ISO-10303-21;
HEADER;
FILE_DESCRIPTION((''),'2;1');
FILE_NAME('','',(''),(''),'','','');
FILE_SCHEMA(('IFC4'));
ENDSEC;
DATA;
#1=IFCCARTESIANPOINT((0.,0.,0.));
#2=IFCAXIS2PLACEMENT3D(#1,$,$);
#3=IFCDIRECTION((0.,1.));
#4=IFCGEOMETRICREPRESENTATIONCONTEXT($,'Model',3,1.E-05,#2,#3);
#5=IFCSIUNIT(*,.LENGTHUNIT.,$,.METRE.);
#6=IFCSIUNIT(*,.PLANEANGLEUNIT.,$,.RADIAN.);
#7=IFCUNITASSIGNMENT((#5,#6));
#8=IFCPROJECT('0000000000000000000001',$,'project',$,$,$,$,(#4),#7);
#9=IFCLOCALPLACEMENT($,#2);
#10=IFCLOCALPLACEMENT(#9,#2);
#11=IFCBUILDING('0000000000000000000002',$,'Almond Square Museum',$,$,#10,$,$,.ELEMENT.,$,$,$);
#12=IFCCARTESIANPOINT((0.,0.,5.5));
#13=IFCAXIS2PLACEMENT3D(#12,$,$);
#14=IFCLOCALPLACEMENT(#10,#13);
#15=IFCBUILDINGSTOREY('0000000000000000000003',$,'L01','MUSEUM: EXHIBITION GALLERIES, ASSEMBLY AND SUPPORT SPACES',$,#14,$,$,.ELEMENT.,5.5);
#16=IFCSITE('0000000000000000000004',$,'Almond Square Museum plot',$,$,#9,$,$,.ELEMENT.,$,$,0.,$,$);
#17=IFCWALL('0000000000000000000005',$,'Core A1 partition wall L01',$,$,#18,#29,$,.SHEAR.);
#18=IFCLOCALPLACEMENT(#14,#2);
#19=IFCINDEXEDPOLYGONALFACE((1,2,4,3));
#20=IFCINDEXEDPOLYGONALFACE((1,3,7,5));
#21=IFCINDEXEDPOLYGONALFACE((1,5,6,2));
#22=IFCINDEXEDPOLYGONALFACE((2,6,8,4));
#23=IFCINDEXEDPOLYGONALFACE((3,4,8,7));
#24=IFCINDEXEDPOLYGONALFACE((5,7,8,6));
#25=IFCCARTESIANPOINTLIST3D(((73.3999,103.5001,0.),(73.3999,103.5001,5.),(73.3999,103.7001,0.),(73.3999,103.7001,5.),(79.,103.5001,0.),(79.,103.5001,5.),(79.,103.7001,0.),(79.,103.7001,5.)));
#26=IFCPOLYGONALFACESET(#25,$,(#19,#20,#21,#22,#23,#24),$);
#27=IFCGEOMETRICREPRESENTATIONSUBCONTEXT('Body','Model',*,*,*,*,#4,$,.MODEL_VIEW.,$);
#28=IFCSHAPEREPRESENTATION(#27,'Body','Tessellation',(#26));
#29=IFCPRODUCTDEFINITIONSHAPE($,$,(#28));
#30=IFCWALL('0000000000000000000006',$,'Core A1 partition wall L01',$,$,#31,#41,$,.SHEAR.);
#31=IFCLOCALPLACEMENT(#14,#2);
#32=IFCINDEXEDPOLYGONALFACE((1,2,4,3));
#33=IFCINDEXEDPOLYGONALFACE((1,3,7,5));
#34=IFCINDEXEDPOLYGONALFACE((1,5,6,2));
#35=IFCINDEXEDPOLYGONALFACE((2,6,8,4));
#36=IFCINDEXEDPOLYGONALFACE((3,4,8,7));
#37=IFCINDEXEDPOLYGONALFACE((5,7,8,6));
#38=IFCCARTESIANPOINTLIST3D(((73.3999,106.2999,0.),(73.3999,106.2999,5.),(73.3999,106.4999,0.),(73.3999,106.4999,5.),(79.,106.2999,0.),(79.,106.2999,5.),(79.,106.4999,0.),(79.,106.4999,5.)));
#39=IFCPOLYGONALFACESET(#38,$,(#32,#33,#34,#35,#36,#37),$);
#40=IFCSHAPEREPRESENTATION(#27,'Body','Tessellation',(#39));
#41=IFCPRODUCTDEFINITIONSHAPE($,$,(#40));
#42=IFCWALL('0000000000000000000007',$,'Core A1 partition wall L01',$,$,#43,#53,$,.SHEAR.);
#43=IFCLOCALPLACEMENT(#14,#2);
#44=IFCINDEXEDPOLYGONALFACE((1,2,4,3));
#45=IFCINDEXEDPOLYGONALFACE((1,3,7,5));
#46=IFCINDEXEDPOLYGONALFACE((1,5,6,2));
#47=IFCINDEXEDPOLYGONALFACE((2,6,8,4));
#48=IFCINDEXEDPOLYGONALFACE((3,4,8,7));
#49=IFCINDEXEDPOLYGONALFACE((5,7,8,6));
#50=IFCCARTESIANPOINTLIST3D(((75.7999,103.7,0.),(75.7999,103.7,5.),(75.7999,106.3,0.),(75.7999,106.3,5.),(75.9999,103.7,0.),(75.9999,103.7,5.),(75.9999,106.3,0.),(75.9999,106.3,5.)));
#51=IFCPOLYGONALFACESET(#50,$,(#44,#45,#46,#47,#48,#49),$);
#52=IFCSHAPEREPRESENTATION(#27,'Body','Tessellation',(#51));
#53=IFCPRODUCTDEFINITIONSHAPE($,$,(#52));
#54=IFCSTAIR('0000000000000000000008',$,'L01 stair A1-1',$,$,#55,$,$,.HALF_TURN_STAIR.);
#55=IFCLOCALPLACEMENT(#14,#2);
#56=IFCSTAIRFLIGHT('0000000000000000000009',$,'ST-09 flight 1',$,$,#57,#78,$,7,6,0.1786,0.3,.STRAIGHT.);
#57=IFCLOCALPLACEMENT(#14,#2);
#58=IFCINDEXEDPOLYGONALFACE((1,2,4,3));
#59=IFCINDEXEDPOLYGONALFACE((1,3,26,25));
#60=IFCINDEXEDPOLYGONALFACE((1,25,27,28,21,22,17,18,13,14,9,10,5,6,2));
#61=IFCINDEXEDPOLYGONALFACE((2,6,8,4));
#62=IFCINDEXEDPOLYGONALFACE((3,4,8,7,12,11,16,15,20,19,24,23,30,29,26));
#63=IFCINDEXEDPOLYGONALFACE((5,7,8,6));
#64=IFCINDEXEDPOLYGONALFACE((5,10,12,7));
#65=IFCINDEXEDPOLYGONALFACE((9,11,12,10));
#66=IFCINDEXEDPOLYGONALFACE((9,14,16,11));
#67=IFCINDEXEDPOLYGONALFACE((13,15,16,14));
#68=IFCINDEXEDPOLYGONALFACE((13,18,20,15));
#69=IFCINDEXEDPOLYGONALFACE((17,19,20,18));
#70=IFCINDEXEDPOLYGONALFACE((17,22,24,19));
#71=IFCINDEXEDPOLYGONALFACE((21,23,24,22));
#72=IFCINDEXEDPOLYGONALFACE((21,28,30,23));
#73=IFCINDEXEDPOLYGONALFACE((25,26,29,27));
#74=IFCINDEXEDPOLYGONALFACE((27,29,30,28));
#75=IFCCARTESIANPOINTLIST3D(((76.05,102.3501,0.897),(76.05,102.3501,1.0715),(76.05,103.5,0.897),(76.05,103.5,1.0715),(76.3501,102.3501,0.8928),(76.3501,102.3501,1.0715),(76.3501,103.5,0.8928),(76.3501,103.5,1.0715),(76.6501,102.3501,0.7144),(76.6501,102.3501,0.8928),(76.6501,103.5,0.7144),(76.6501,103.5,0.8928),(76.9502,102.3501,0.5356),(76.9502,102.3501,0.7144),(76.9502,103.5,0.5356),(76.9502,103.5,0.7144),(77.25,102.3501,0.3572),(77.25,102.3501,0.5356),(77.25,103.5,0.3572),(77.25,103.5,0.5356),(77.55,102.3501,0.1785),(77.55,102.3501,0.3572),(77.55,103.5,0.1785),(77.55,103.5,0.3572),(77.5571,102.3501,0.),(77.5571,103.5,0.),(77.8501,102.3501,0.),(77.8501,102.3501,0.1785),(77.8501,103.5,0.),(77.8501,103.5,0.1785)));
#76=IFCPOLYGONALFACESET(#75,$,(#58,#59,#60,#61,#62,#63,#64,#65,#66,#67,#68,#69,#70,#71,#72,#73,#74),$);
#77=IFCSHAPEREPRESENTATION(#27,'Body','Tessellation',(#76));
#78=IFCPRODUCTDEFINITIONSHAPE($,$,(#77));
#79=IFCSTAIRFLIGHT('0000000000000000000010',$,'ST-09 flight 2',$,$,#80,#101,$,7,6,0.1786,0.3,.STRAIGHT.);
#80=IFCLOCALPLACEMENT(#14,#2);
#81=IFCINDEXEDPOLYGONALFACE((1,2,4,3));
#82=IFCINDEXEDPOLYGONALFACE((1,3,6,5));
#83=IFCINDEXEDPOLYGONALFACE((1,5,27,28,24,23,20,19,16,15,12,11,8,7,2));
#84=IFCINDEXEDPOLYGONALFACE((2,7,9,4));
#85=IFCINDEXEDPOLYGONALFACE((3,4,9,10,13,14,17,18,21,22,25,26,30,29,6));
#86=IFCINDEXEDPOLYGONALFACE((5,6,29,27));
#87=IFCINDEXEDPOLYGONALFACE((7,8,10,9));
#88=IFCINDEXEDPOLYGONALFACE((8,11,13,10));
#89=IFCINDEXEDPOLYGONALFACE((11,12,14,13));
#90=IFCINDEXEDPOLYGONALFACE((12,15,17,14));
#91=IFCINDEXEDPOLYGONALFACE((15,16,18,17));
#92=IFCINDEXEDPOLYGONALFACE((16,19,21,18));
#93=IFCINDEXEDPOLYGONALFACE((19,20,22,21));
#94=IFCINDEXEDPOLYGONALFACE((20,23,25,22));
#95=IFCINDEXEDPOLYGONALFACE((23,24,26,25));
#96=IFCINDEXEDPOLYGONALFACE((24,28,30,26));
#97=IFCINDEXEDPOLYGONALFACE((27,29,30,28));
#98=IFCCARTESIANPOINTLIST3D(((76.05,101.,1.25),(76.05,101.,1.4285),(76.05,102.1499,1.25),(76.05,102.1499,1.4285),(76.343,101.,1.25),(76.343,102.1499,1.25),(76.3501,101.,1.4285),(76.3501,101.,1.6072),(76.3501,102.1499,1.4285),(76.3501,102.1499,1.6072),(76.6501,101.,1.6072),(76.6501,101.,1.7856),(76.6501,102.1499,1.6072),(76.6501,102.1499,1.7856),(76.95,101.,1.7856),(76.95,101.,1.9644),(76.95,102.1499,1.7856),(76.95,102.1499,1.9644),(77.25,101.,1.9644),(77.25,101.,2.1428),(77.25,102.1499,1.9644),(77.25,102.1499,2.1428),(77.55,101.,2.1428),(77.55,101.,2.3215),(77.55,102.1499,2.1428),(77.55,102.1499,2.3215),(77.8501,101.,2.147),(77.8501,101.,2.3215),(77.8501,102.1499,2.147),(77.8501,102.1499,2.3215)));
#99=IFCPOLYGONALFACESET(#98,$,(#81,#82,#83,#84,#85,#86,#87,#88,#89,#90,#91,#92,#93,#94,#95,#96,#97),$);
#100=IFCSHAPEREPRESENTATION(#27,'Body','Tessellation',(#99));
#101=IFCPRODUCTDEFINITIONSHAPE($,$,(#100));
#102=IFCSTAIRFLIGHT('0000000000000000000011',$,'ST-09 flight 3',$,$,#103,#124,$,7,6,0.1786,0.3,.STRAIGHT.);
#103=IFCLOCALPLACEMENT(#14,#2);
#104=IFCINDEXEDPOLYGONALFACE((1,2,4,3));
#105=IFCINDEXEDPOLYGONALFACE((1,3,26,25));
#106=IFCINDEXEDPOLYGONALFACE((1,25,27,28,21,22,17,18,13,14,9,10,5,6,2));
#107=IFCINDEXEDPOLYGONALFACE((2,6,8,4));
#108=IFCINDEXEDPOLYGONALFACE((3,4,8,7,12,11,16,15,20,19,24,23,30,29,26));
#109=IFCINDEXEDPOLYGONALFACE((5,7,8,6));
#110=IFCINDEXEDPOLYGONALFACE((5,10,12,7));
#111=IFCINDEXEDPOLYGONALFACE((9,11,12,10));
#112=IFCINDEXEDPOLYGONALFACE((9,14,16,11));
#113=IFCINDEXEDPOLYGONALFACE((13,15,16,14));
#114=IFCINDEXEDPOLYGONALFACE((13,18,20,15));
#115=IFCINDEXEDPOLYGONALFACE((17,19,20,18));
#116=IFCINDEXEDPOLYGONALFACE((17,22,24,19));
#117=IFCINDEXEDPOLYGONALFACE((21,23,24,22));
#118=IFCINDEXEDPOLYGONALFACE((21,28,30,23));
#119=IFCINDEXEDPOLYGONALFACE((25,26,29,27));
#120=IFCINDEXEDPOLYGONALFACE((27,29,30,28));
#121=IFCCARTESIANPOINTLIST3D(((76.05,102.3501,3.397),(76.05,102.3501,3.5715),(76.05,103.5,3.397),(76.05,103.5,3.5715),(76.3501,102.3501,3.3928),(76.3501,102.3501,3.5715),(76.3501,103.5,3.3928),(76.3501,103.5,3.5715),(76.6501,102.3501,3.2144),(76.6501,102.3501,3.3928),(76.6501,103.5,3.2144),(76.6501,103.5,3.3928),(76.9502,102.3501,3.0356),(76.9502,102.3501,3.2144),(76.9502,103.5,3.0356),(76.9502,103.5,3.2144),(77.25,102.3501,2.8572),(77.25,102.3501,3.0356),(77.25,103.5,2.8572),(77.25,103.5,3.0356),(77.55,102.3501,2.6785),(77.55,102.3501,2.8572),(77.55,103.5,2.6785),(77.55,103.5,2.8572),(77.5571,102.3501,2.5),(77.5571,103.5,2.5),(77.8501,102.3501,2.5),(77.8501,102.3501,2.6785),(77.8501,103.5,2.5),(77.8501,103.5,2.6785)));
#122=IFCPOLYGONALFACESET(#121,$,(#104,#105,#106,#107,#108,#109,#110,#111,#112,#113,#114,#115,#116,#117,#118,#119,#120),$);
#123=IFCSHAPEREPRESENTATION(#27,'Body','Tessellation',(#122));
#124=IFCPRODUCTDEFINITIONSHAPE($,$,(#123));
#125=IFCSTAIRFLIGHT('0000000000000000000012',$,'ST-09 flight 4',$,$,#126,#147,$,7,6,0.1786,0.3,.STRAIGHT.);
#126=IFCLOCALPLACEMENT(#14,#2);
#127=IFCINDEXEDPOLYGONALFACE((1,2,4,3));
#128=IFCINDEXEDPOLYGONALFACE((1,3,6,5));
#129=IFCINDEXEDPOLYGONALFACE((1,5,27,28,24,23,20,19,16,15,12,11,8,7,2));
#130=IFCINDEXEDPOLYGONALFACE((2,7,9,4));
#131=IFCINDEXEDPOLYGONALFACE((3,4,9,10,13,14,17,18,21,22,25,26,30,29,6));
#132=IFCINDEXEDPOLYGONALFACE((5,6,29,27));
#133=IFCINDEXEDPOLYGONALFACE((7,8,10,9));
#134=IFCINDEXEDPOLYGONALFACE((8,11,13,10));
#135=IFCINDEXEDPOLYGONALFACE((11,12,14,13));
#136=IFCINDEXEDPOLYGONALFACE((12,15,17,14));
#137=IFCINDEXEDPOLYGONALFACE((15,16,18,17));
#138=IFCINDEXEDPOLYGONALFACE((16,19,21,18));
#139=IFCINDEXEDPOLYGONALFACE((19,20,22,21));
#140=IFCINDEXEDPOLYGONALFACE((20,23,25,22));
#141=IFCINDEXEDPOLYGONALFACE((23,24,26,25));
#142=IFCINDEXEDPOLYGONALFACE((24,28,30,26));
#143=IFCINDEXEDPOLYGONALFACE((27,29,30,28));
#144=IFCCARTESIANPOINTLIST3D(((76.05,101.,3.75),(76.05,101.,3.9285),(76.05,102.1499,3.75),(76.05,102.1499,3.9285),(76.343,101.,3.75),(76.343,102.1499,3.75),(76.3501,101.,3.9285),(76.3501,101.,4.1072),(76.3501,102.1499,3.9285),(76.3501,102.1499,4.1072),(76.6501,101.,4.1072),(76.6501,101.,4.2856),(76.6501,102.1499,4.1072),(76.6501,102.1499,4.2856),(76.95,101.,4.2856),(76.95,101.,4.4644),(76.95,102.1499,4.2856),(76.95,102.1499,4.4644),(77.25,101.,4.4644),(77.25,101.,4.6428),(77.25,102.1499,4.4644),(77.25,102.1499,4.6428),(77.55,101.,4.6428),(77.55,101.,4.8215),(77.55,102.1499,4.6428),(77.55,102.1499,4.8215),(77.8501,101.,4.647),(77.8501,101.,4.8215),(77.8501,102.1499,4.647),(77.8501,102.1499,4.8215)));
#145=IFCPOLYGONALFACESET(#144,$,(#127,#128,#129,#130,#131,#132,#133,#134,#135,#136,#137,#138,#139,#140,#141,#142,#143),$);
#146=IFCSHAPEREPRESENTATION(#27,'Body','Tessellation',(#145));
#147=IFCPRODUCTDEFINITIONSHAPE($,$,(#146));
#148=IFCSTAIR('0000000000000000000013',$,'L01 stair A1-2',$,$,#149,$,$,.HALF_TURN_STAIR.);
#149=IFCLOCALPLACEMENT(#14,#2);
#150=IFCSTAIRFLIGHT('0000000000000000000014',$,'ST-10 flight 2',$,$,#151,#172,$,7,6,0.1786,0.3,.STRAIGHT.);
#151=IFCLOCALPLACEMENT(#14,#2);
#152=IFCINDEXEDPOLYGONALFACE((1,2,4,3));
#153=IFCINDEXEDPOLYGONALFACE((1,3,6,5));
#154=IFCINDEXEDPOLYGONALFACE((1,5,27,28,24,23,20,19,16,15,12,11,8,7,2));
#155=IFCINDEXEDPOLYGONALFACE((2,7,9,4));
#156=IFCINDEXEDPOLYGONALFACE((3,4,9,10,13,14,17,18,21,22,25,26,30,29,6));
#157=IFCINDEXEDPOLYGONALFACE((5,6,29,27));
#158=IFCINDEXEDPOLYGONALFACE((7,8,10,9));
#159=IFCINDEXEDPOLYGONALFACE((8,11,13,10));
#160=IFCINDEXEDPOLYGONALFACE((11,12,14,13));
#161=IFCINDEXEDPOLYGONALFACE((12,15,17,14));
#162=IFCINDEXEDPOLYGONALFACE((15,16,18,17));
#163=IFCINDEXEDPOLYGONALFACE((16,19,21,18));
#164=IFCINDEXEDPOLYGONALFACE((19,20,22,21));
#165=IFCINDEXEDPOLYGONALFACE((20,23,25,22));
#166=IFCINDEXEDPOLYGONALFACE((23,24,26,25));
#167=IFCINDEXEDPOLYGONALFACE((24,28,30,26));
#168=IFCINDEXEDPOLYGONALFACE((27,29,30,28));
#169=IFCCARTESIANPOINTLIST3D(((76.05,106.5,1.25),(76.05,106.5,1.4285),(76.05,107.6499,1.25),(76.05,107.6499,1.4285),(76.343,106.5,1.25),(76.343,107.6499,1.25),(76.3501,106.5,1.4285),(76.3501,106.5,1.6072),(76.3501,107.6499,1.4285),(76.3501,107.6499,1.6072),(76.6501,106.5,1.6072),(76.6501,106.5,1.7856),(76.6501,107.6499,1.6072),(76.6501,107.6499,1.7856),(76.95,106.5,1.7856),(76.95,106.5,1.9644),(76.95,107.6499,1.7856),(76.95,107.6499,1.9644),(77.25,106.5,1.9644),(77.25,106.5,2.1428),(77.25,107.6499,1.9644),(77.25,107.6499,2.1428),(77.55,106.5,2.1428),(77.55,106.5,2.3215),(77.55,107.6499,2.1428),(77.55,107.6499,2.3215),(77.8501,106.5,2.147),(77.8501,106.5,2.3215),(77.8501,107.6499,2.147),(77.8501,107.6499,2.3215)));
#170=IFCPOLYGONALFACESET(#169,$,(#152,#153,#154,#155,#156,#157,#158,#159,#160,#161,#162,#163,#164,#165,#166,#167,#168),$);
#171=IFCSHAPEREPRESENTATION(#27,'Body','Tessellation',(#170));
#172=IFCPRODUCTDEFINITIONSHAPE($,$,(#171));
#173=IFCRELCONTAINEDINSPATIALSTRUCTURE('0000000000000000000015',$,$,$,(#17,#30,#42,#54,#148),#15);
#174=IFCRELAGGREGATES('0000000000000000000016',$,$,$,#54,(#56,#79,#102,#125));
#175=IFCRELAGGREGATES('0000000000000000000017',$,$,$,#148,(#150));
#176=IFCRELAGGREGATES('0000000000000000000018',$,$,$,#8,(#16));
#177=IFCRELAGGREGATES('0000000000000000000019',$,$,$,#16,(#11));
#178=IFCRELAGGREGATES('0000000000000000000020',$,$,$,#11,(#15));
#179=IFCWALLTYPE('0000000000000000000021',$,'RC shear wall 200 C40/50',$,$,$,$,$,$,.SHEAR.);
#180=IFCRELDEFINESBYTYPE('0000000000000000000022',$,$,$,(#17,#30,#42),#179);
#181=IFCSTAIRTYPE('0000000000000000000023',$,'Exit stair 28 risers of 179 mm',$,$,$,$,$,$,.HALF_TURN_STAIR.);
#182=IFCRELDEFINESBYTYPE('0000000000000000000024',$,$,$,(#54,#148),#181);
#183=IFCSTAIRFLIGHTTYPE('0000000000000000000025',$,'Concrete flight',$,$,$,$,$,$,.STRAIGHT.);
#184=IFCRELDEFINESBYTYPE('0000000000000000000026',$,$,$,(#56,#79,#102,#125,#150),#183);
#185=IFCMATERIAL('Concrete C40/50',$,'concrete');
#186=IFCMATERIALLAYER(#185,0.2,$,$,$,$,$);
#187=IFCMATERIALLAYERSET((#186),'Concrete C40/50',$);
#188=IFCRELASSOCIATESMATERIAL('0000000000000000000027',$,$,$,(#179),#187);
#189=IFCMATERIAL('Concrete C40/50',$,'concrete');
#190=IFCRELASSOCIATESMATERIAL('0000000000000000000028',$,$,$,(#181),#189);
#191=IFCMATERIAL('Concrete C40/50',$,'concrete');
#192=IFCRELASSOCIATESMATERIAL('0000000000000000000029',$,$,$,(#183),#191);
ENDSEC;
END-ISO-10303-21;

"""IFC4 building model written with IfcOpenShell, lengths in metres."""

from ifc_helpers import new_model, si_unit, direction, frame, frame_2d, origin, place, context, subcontext, project, spatial, polyline, rectangle, outline, extrude, material, layer, layer_set, type_object, element, aggregate, save


model = new_model("IFC4")

# Units and contexts
model_context = context("Model", 3, precision=1e-05, world=origin(), true_north=direction((0.0, 1.0)))
body_context = subcontext(model_context, "Body", "Model", "MODEL_VIEW")
ifc_project = project(units=[si_unit("LENGTHUNIT", "METRE"), si_unit("PLANEANGLEUNIT", "RADIAN")], contexts=[model_context])

# Site, building, storey
site_placement = place(None, origin())
site = spatial("IfcSite", under=ifc_project, at=site_placement, Name="Almond Square Museum plot", CompositionType="ELEMENT", RefElevation=0.0)
building_placement = place(site_placement, origin())
building = spatial("IfcBuilding", under=site, at=building_placement, Name="Almond Square Museum", CompositionType="ELEMENT")
storey_placement = place(building_placement, frame((0.0, 0.0, 5.5)))
storey = spatial("IfcBuildingStorey", under=building, at=storey_placement, Name="L01", Description="MUSEUM: EXHIBITION GALLERIES, ASSEMBLY AND SUPPORT SPACES", CompositionType="ELEMENT", Elevation=5.5)

# Walls
ifc_material_1 = material(Name="Concrete C40/50", Category="concrete")
ifc_layer = layer(ifc_material_1, 0.2)
ifc_layer_set = layer_set([ifc_layer], Name="Concrete C40/50")
wall_type = type_object("IfcWallType", Name="RC shear wall 200 C40/50", PredefinedType="SHEAR", material=ifc_layer_set)
for number, where, z_axis, x_axis, name in (
    (1, (73.3999, 103.6001, 0.0), (0.0, 0.0, 1.0), (1.0, 0.0, 0.0), "Core A1 partition wall L01"),
    (2, (73.3999, 106.3999, 0.0), (0.0, 0.0, 1.0), (1.0, 0.0, 0.0), "Core A1 partition wall L01"),
):
    element("IfcWall", number, at=place(storey_placement, frame(where, z_axis=z_axis, x_axis=x_axis)), inside=storey, type_object=wall_type, Name=name, PredefinedType="SHEAR", context=body_context, shape_type="SweptSolid", body=[
        extrude(rectangle(XDim=5.6001, YDim=0.2, at=frame_2d((2.8, 0.0))), origin(), (0.0, 0.0, 1.0), 5.0),
    ])
wall_placement = place(storey_placement, frame((75.8999, 103.7, 0.0), z_axis=(0.0, 0.0, 1.0), x_axis=(0.0, 1.0, 0.0)))
element("IfcWall", 3, at=wall_placement, inside=storey, type_object=wall_type, Name="Core A1 partition wall L01", PredefinedType="SHEAR", context=body_context, shape_type="SweptSolid", body=[
    extrude(rectangle(XDim=2.6001, YDim=0.2, at=frame_2d((1.3, 0.0))), origin(), (0.0, 0.0, 1.0), 5.0),
])

# Stairs, stair flights
ifc_material_2 = material(Name="Concrete C40/50", Category="concrete")
stair_type = type_object("IfcStairType", Name="Exit stair 28 risers of 179 mm", PredefinedType="HALF_TURN_STAIR", material=ifc_material_2)
stair_1_placement = place(storey_placement, origin())
stair_1 = element("IfcStair", 4, at=stair_1_placement, inside=storey, type_object=stair_type, Name="L01 stair A1-1", PredefinedType="HALF_TURN_STAIR")
ifc_material_3 = material(Name="Concrete C40/50", Category="concrete")
stair_flight_type = type_object("IfcStairFlightType", Name="Concrete flight", PredefinedType="STRAIGHT", material=ifc_material_3)
stair_flight_1_placement = place(storey_placement, frame((77.8501, 102.925, 0.0), z_axis=(0.0, 0.0, 1.0), x_axis=(-1.0, 0.0, 0.0)))
stair_flight_1 = element("IfcStairFlight", 5, at=stair_flight_1_placement, type_object=stair_flight_type, Name="ST-09 flight 1", NumberOfRisers=7, NumberOfTreads=6, PredefinedType="STRAIGHT", RiserHeight=0.1786, TreadLength=0.3, context=body_context, shape_type="SweptSolid", body=[
    extrude(outline(polyline([(0.0, 0.0), (0.0, 0.1785), (0.3, 0.1785), (0.3, 0.3572), (0.6001, 0.3572), (0.6001, 0.5356), (0.8999, 0.5356), (0.8999, 0.7144), (1.2, 0.7144), (1.2, 0.8928), (1.5, 0.8928), (1.5, 1.0715), (1.8, 1.0715), (1.8, 1.25), (1.8, 0.897), (0.293, 0.0), (0.0, 0.0)])), frame((0.0, 0.575, 0.0), z_axis=(0.0, -1.0, 0.0), x_axis=(1.0, 0.0, 0.0)), (0.0, 0.0, 1.0), 1.1499),
])
stair_flight_2_placement = place(storey_placement, frame((76.05, 101.575, 1.25), z_axis=(0.0, 0.0, 1.0), x_axis=(1.0, 0.0, 0.0)))
stair_flight_2 = element("IfcStairFlight", 6, at=stair_flight_2_placement, type_object=stair_flight_type, Name="ST-09 flight 2", NumberOfRisers=7, NumberOfTreads=6, PredefinedType="STRAIGHT", RiserHeight=0.1786, TreadLength=0.3, context=body_context, shape_type="SweptSolid", body=[
    extrude(outline(polyline([(0.0, 0.0), (0.0, 0.1785), (0.3, 0.1785), (0.3, 0.3572), (0.6001, 0.3572), (0.6001, 0.5356), (0.8999, 0.5356), (0.8999, 0.7144), (1.2, 0.7144), (1.2, 0.8928), (1.5, 0.8928), (1.5, 1.0715), (1.8, 1.0715), (1.8, 1.25), (1.8, 0.897), (0.293, 0.0), (0.0, 0.0)])), frame((0.0, 0.575, 0.0), z_axis=(0.0, -1.0, 0.0), x_axis=(1.0, 0.0, 0.0)), (0.0, 0.0, 1.0), 1.1499),
])
stair_flight_3_placement = place(storey_placement, frame((77.8501, 102.925, 2.5), z_axis=(0.0, 0.0, 1.0), x_axis=(-1.0, 0.0, 0.0)))
stair_flight_3 = element("IfcStairFlight", 7, at=stair_flight_3_placement, type_object=stair_flight_type, Name="ST-09 flight 3", NumberOfRisers=7, NumberOfTreads=6, PredefinedType="STRAIGHT", RiserHeight=0.1786, TreadLength=0.3, context=body_context, shape_type="SweptSolid", body=[
    extrude(outline(polyline([(0.0, 0.0), (0.0, 0.1785), (0.3, 0.1785), (0.3, 0.3572), (0.6001, 0.3572), (0.6001, 0.5356), (0.8999, 0.5356), (0.8999, 0.7144), (1.2, 0.7144), (1.2, 0.8928), (1.5, 0.8928), (1.5, 1.0715), (1.8, 1.0715), (1.8, 1.25), (1.8, 0.897), (0.293, 0.0), (0.0, 0.0)])), frame((0.0, 0.575, 0.0), z_axis=(0.0, -1.0, 0.0), x_axis=(1.0, 0.0, 0.0)), (0.0, 0.0, 1.0), 1.1499),
])
stair_flight_4_placement = place(storey_placement, frame((76.05, 101.575, 3.75), z_axis=(0.0, 0.0, 1.0), x_axis=(1.0, 0.0, 0.0)))
stair_flight_4 = element("IfcStairFlight", 8, at=stair_flight_4_placement, type_object=stair_flight_type, Name="ST-09 flight 4", NumberOfRisers=7, NumberOfTreads=6, PredefinedType="STRAIGHT", RiserHeight=0.1786, TreadLength=0.3, context=body_context, shape_type="SweptSolid", body=[
    extrude(outline(polyline([(0.0, 0.0), (0.0, 0.1785), (0.3, 0.1785), (0.3, 0.3572), (0.6001, 0.3572), (0.6001, 0.5356), (0.8999, 0.5356), (0.8999, 0.7144), (1.2, 0.7144), (1.2, 0.8928), (1.5, 0.8928), (1.5, 1.0715), (1.8, 1.0715), (1.8, 1.25), (1.8, 0.897), (0.293, 0.0), (0.0, 0.0)])), frame((0.0, 0.575, 0.0), z_axis=(0.0, -1.0, 0.0), x_axis=(1.0, 0.0, 0.0)), (0.0, 0.0, 1.0), 1.1499),
])
aggregate(stair_1, [stair_flight_1, stair_flight_2, stair_flight_3, stair_flight_4])
stair_2_placement = place(storey_placement, origin())
stair_2 = element("IfcStair", 9, at=stair_2_placement, inside=storey, type_object=stair_type, Name="L01 stair A1-2", PredefinedType="HALF_TURN_STAIR")
stair_flight_5_placement = place(storey_placement, frame((76.05, 107.075, 1.25), z_axis=(0.0, 0.0, 1.0), x_axis=(1.0, 0.0, 0.0)))
stair_flight_5 = element("IfcStairFlight", 10, at=stair_flight_5_placement, type_object=stair_flight_type, Name="ST-10 flight 2", NumberOfRisers=7, NumberOfTreads=6, PredefinedType="STRAIGHT", RiserHeight=0.1786, TreadLength=0.3, context=body_context, shape_type="SweptSolid", body=[
    extrude(outline(polyline([(0.0, 0.0), (0.0, 0.1785), (0.3, 0.1785), (0.3, 0.3572), (0.6001, 0.3572), (0.6001, 0.5356), (0.8999, 0.5356), (0.8999, 0.7144), (1.2, 0.7144), (1.2, 0.8928), (1.5, 0.8928), (1.5, 1.0715), (1.8, 1.0715), (1.8, 1.25), (1.8, 0.897), (0.293, 0.0), (0.0, 0.0)])), frame((0.0, 0.575, 0.0), z_axis=(0.0, -1.0, 0.0), x_axis=(1.0, 0.0, 0.0)), (0.0, 0.0, 1.0), 1.1499),
])
aggregate(stair_2, [stair_flight_5])

save(model, "model.ifc")
